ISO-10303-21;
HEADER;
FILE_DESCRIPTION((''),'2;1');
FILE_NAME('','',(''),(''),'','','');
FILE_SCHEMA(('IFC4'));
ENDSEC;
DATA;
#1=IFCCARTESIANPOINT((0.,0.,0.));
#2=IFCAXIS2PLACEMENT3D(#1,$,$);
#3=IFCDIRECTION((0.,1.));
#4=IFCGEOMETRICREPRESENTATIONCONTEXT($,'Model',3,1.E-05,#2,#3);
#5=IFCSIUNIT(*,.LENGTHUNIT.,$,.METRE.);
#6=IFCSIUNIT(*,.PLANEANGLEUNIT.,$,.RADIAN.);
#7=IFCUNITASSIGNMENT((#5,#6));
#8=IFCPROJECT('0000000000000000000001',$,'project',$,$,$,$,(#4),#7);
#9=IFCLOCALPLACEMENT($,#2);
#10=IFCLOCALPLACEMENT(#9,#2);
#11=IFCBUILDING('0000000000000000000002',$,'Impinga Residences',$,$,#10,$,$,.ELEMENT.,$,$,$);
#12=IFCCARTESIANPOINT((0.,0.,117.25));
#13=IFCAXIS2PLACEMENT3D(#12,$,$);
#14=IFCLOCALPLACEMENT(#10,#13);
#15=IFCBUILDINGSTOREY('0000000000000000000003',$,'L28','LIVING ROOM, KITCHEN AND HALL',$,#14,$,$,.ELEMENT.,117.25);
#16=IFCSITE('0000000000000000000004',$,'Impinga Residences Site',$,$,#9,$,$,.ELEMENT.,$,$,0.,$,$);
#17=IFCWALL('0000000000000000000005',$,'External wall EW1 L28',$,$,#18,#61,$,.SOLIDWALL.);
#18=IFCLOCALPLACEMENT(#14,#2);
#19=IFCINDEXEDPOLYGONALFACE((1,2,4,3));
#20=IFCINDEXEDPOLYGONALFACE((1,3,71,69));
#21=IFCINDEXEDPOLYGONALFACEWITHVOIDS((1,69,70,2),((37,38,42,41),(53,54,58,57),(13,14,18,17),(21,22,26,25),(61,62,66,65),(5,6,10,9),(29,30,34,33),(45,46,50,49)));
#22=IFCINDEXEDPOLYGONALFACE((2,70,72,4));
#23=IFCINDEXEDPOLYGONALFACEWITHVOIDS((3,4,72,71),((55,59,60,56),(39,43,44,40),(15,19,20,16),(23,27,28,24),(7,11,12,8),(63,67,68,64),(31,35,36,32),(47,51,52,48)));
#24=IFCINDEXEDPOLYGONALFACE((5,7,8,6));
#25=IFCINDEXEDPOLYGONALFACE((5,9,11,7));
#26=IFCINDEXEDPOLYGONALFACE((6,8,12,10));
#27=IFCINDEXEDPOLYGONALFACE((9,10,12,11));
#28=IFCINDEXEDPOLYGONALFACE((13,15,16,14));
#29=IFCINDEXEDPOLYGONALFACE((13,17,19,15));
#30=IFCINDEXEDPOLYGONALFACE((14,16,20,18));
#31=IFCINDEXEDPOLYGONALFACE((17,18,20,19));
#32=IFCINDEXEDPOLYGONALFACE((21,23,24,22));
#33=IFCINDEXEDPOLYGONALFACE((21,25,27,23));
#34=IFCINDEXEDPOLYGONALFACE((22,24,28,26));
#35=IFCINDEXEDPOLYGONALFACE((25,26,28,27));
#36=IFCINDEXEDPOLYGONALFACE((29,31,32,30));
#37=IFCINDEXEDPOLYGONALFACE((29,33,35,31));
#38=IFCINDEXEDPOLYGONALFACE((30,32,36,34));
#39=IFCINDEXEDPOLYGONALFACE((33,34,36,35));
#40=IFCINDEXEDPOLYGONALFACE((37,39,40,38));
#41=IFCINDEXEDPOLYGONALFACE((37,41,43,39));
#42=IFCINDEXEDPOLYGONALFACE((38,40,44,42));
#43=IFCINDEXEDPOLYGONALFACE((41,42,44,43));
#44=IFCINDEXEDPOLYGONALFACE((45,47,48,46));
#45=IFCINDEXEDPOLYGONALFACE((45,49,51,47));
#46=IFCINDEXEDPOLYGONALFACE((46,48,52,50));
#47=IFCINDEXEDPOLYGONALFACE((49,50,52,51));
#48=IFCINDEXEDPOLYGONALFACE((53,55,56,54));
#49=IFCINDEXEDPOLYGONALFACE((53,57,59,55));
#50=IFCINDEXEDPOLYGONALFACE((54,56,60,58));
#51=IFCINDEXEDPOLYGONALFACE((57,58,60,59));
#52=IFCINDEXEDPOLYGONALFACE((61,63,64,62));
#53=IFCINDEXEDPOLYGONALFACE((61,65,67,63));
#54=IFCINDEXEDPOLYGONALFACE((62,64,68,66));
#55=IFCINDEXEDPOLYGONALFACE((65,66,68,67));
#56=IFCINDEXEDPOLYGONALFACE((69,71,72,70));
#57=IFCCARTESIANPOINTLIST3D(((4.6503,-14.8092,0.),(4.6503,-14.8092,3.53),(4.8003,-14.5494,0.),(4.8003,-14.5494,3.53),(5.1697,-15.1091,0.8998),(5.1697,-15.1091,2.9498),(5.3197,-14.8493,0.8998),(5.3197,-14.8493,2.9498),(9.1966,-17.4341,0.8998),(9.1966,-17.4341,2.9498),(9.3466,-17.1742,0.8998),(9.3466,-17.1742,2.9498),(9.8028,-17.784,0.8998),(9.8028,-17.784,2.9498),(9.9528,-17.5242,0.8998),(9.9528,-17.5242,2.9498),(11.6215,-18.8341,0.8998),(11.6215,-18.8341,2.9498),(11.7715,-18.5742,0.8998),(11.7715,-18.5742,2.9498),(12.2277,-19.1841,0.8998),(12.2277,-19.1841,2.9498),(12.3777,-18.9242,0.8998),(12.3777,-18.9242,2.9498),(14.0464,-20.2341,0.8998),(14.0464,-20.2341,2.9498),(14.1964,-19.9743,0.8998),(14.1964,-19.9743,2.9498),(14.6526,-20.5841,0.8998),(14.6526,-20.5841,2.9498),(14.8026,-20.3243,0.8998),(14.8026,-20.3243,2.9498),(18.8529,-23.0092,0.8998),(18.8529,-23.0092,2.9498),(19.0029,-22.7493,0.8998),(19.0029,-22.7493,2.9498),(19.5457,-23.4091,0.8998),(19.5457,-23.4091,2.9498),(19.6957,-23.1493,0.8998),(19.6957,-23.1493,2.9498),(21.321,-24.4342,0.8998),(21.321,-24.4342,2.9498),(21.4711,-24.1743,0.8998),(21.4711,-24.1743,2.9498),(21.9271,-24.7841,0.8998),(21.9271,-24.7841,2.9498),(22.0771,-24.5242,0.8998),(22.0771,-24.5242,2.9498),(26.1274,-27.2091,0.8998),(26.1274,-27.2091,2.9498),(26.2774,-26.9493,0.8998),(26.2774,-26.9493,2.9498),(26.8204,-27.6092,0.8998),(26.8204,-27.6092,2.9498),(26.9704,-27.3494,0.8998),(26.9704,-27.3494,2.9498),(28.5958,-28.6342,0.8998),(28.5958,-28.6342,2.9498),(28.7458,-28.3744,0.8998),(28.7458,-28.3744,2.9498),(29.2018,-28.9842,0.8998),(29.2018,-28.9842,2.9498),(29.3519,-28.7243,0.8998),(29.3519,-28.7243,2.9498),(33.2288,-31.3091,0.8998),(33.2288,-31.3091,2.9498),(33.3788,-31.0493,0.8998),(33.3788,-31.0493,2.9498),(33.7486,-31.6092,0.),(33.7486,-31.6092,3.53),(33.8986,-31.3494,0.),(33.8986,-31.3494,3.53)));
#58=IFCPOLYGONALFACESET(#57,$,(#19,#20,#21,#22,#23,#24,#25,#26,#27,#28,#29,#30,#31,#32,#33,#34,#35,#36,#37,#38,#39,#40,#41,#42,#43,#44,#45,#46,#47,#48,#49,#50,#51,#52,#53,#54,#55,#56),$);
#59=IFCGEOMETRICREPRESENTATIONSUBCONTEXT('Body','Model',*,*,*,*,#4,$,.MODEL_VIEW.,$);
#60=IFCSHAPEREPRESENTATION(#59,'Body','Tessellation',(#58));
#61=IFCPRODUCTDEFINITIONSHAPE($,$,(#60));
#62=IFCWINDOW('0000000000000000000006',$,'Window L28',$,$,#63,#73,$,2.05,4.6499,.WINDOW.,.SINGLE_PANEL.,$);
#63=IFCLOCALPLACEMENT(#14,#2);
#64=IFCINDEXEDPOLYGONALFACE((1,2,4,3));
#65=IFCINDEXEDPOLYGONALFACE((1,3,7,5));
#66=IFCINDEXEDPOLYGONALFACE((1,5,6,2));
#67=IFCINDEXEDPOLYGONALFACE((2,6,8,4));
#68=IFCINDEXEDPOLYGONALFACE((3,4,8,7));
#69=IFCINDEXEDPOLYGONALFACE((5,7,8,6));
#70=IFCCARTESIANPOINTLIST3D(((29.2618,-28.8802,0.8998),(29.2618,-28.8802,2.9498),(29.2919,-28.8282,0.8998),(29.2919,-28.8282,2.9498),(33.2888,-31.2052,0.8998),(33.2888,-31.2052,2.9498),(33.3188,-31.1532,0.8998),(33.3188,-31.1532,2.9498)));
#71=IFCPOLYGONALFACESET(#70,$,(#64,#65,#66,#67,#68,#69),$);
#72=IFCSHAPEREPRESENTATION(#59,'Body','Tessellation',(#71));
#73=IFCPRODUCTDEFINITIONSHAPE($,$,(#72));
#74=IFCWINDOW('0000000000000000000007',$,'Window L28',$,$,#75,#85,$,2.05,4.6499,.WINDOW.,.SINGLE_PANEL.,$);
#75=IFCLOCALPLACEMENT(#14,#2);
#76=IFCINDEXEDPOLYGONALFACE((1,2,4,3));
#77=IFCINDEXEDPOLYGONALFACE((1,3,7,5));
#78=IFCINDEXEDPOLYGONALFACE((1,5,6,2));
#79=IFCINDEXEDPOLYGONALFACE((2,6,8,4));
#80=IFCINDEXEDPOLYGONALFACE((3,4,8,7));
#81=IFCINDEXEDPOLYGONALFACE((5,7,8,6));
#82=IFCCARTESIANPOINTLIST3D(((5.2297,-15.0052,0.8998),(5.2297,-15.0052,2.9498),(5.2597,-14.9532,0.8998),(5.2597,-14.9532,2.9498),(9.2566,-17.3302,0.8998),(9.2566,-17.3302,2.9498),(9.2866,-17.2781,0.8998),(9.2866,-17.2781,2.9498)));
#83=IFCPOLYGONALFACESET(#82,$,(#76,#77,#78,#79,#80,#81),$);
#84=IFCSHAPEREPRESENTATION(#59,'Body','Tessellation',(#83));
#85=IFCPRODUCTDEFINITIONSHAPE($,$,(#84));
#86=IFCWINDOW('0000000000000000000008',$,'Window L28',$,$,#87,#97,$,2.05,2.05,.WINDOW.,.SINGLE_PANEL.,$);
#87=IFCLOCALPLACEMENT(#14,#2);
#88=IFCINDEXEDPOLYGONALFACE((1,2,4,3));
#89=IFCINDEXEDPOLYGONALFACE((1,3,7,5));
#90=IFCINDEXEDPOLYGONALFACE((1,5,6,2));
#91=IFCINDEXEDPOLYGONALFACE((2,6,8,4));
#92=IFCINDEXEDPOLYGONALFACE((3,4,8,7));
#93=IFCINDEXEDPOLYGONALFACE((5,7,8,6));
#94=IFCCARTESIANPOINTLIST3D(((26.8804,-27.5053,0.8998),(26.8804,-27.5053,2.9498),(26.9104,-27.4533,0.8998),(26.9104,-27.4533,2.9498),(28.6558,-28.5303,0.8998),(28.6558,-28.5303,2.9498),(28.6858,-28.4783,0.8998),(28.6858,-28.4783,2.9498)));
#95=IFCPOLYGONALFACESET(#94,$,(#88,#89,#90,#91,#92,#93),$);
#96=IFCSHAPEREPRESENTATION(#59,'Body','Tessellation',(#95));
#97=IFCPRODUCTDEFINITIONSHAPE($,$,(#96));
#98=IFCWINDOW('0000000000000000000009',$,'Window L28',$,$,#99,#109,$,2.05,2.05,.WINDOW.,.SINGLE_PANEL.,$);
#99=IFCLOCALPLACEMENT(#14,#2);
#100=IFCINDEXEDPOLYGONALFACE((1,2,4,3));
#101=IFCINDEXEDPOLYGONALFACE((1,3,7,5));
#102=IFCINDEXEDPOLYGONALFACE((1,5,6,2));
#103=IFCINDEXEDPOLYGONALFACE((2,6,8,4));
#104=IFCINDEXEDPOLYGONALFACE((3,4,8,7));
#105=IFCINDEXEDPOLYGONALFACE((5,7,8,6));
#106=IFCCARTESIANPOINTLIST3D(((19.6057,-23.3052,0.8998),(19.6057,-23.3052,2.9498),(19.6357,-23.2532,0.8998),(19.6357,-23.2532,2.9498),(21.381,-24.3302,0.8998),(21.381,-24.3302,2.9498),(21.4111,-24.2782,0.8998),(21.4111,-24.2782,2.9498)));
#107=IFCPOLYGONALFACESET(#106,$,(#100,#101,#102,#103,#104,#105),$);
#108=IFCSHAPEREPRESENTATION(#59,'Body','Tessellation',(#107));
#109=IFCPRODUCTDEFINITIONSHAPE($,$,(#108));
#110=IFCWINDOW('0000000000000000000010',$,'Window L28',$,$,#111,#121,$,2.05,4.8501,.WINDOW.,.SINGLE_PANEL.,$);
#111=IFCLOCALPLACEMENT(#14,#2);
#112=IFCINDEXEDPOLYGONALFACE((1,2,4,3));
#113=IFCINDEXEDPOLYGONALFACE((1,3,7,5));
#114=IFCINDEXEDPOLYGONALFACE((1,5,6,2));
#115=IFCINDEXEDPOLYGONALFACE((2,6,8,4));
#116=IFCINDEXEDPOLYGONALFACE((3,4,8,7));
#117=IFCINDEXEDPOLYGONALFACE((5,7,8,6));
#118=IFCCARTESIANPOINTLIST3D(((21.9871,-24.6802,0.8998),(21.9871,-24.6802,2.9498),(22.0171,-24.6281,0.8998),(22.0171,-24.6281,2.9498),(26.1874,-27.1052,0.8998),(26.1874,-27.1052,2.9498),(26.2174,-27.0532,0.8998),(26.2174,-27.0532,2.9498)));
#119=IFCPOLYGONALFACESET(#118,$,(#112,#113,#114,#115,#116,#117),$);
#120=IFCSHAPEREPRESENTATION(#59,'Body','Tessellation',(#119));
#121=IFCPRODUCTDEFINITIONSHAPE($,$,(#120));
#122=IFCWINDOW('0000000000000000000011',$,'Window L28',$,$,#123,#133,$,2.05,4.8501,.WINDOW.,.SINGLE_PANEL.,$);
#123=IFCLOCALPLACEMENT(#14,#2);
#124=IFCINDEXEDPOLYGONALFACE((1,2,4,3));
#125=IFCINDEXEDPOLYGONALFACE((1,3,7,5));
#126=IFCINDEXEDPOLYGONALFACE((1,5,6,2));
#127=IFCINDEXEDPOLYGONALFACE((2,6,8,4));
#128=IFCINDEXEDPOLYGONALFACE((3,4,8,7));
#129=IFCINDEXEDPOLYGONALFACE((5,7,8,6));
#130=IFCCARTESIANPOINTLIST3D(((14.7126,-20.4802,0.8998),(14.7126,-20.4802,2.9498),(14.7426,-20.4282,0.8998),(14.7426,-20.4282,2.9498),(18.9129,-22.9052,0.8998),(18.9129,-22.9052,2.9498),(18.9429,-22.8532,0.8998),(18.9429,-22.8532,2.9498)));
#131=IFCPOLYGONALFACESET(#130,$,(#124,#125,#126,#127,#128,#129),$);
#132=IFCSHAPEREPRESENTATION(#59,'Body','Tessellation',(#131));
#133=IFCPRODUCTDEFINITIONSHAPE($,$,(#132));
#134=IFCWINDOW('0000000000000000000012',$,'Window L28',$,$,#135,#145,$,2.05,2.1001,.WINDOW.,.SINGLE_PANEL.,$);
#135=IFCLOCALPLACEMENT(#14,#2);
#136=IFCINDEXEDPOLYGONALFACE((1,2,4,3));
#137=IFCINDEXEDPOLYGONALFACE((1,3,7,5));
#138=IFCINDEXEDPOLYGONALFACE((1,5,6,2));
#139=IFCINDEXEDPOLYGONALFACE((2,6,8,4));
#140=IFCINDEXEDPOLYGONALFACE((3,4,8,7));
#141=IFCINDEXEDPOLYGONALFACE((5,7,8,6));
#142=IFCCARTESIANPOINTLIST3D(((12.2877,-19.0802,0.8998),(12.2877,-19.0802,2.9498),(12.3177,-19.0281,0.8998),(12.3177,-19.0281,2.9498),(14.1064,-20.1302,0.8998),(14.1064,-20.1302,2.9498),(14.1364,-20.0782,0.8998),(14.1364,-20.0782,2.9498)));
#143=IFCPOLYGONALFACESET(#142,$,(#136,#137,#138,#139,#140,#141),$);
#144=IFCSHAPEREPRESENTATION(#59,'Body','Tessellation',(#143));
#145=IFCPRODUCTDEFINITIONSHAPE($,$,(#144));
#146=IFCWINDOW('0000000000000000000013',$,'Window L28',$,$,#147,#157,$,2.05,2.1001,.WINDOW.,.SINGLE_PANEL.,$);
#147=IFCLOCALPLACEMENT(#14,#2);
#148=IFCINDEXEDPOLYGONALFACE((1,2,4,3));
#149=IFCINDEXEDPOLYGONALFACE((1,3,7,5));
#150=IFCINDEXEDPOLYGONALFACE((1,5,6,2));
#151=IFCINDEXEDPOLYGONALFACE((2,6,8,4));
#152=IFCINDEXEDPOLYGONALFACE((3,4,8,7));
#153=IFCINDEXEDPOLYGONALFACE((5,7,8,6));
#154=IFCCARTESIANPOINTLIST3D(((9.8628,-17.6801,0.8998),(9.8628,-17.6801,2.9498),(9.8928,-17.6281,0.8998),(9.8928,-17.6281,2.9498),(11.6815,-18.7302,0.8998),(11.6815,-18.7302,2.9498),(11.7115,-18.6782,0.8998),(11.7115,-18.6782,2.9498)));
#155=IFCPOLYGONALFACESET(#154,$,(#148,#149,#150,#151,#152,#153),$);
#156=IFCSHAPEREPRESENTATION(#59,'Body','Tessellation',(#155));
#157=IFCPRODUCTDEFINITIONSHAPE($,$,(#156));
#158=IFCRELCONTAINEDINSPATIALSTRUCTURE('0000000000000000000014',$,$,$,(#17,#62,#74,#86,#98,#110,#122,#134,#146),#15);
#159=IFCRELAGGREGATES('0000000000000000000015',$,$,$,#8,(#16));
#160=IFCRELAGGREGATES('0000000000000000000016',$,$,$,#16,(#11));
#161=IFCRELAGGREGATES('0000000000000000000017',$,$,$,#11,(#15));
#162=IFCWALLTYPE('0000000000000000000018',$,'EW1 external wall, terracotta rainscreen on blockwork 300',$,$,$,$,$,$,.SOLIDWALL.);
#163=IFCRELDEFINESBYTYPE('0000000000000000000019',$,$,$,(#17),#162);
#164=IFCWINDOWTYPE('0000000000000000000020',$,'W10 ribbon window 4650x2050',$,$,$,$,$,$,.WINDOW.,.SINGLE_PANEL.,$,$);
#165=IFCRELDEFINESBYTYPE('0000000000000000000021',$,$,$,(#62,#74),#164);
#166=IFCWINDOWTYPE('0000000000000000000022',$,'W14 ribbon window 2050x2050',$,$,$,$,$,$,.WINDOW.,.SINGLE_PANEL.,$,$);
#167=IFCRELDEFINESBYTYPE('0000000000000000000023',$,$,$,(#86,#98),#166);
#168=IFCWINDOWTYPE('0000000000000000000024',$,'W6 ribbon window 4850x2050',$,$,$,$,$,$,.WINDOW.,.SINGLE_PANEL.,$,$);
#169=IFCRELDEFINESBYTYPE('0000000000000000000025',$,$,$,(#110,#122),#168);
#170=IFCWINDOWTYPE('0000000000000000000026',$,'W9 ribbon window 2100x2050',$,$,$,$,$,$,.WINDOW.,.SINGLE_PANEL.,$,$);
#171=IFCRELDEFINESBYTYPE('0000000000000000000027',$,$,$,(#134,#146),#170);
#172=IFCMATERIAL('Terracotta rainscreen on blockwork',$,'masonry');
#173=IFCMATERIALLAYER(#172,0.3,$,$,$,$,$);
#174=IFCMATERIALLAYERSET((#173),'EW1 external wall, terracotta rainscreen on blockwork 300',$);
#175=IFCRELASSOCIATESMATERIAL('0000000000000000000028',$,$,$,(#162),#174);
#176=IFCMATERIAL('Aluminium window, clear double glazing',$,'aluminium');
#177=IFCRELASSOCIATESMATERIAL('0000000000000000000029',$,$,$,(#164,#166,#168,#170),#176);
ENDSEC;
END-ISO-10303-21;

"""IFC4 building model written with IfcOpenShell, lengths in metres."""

from ifc_helpers import new_model, si_unit, direction, frame, frame_2d, origin, place, context, subcontext, project, spatial, rectangle, extrude, material, layer, layer_set, type_object, element, fill, save


model = new_model("IFC4")

# Units and contexts
model_context = context("Model", 3, precision=1e-05, world=origin(), true_north=direction((0.0, 1.0)))
body_context = subcontext(model_context, "Body", "Model", "MODEL_VIEW")
ifc_project = project(units=[si_unit("LENGTHUNIT", "METRE"), si_unit("PLANEANGLEUNIT", "RADIAN")], contexts=[model_context])

# Site, building, storey
site_placement = place(None, origin())
site = spatial("IfcSite", under=ifc_project, at=site_placement, Name="Impinga Residences Site", CompositionType="ELEMENT", RefElevation=0.0)
building_placement = place(site_placement, origin())
building = spatial("IfcBuilding", under=site, at=building_placement, Name="Impinga Residences", CompositionType="ELEMENT")
storey_placement = place(building_placement, frame((0.0, 0.0, 117.25)))
storey = spatial("IfcBuildingStorey", under=building, at=storey_placement, Name="L28", Description="LIVING ROOM, KITCHEN AND HALL", CompositionType="ELEMENT", Elevation=117.25)

# Wall, openings, windows
ifc_material_1 = material(Name="Terracotta rainscreen on blockwork", Category="masonry")
ifc_layer_1 = layer(ifc_material_1, 0.3)
ifc_layer_set_1 = layer_set([ifc_layer_1], Name="EW1 external wall, terracotta rainscreen on blockwork 300")
wall_type_1 = type_object("IfcWallType", Name="EW1 external wall, terracotta rainscreen on blockwork 300", PredefinedType="SOLIDWALL", material=ifc_layer_set_1)
wall_1_placement = place(storey_placement, frame((33.8235, -31.4792, 0.0), z_axis=(0.0, 0.0, 1.0), x_axis=(-0.866024, 0.500002, 0.0)))
wall_1 = element("IfcWall", 1, at=wall_1_placement, inside=storey, type_object=wall_type_1, Name="External wall EW1 L28", PredefinedType="SOLIDWALL", context=body_context, shape_type="SweptSolid", body=[
    extrude(rectangle(XDim=33.5999, YDim=0.3, at=frame_2d((16.7998, 0.0))), origin(), (0.0, 0.0, 1.0), 3.53),
])
opening_1_placement = place(wall_1_placement, frame((0.6001, 0.0, 0.8999)))
opening_1 = element("IfcOpeningElement", 2, at=opening_1_placement, cuts=wall_1, PredefinedType="OPENING", context=body_context, shape_type="SweptSolid", body=[
    extrude(rectangle(XDim=4.6499, YDim=2.05, at=frame_2d((2.325, 1.0249))), frame((0.0, 0.1599, 0.0), z_axis=(0.0, -1.0, 0.0), x_axis=(1.0, 0.0, 0.0)), (0.0, 0.0, 1.0), 0.3201),
])
opening_2_placement = place(wall_1_placement, frame((5.95, 0.0, 0.8999)))
opening_2 = element("IfcOpeningElement", 3, at=opening_2_placement, cuts=wall_1, PredefinedType="OPENING", context=body_context, shape_type="SweptSolid", body=[
    extrude(rectangle(XDim=2.05, YDim=2.05, at=frame_2d((1.0249, 1.0249))), frame((0.0, 0.1599, 0.0), z_axis=(0.0, -1.0, 0.0), x_axis=(1.0, 0.0, 0.0)), (0.0, 0.0, 1.0), 0.3201),
])
opening_3_placement = place(wall_1_placement, frame((8.8, 0.0, 0.8999)))
opening_3 = element("IfcOpeningElement", 4, at=opening_3_placement, cuts=wall_1, PredefinedType="OPENING", context=body_context, shape_type="SweptSolid", body=[
    extrude(rectangle(XDim=4.8501, YDim=2.05, at=frame_2d((2.425, 1.0249))), frame((0.0, 0.1599, 0.0), z_axis=(0.0, -1.0, 0.0), x_axis=(1.0, 0.0, 0.0)), (0.0, 0.0, 1.0), 0.3201),
])
opening_4_placement = place(wall_1_placement, frame((14.3501, 0.0, 0.8999)))
opening_4 = element("IfcOpeningElement", 5, at=opening_4_placement, cuts=wall_1, PredefinedType="OPENING", context=body_context, shape_type="SweptSolid", body=[
    extrude(rectangle(XDim=2.05, YDim=2.05, at=frame_2d((1.0249, 1.0249))), frame((0.0, 0.1599, 0.0), z_axis=(0.0, -1.0, 0.0), x_axis=(1.0, 0.0, 0.0)), (0.0, 0.0, 1.0), 0.3201),
])
opening_5_placement = place(wall_1_placement, frame((17.2, 0.0, 0.8999)))
opening_5 = element("IfcOpeningElement", 6, at=opening_5_placement, cuts=wall_1, PredefinedType="OPENING", context=body_context, shape_type="SweptSolid", body=[
    extrude(rectangle(XDim=4.8501, YDim=2.05, at=frame_2d((2.425, 1.0249))), frame((0.0, 0.1599, 0.0), z_axis=(0.0, -1.0, 0.0), x_axis=(1.0, 0.0, 0.0)), (0.0, 0.0, 1.0), 0.3201),
])
opening_6_placement = place(wall_1_placement, frame((22.75, 0.0, 0.8999)))
opening_6 = element("IfcOpeningElement", 7, at=opening_6_placement, cuts=wall_1, PredefinedType="OPENING", context=body_context, shape_type="SweptSolid", body=[
    extrude(rectangle(XDim=2.1001, YDim=2.05, at=frame_2d((1.05, 1.0249))), frame((0.0, 0.1599, 0.0), z_axis=(0.0, -1.0, 0.0), x_axis=(1.0, 0.0, 0.0)), (0.0, 0.0, 1.0), 0.3201),
])
opening_7_placement = place(wall_1_placement, frame((25.55, 0.0, 0.8999)))
opening_7 = element("IfcOpeningElement", 8, at=opening_7_placement, cuts=wall_1, PredefinedType="OPENING", context=body_context, shape_type="SweptSolid", body=[
    extrude(rectangle(XDim=2.1001, YDim=2.05, at=frame_2d((1.05, 1.0249))), frame((0.0, 0.1599, 0.0), z_axis=(0.0, -1.0, 0.0), x_axis=(1.0, 0.0, 0.0)), (0.0, 0.0, 1.0), 0.3201),
])
opening_8_placement = place(wall_1_placement, frame((28.3501, 0.0, 0.8999)))
opening_8 = element("IfcOpeningElement", 9, at=opening_8_placement, cuts=wall_1, PredefinedType="OPENING", context=body_context, shape_type="SweptSolid", body=[
    extrude(rectangle(XDim=4.6499, YDim=2.05, at=frame_2d((2.325, 1.0249))), frame((0.0, 0.1599, 0.0), z_axis=(0.0, -1.0, 0.0), x_axis=(1.0, 0.0, 0.0)), (0.0, 0.0, 1.0), 0.3201),
])
ifc_material_2 = material(Name="Aluminium window, clear double glazing", Category="aluminium")
window_type_1 = type_object("IfcWindowType", Name="W10 ribbon window 4650x2050", PartitioningType="SINGLE_PANEL", PredefinedType="WINDOW", material=ifc_material_2)
window_1_placement = place(opening_1_placement, origin())
window_1 = element("IfcWindow", 10, at=window_1_placement, inside=storey, type_object=window_type_1, Name="Window L28", OverallHeight=2.05, OverallWidth=4.6499, PartitioningType="SINGLE_PANEL", PredefinedType="WINDOW", context=body_context, shape_type="SweptSolid", body=[
    extrude(rectangle(XDim=4.6499, YDim=2.05, at=frame_2d((2.325, 1.0249))), frame((0.0, 0.03, 0.0), z_axis=(0.0, -1.0, 0.0), x_axis=(1.0, 0.0, 0.0)), (0.0, 0.0, 1.0), 0.0601),
])
fill(opening_1, window_1)
window_2_placement = place(opening_8_placement, origin())
window_2 = element("IfcWindow", 11, at=window_2_placement, inside=storey, type_object=window_type_1, Name="Window L28", OverallHeight=2.05, OverallWidth=4.6499, PartitioningType="SINGLE_PANEL", PredefinedType="WINDOW", context=body_context, shape_type="SweptSolid", body=[
    extrude(rectangle(XDim=4.6499, YDim=2.05, at=frame_2d((2.325, 1.0249))), frame((0.0, 0.03, 0.0), z_axis=(0.0, -1.0, 0.0), x_axis=(1.0, 0.0, 0.0)), (0.0, 0.0, 1.0), 0.0601),
])
fill(opening_8, window_2)
window_type_2 = type_object("IfcWindowType", Name="W14 ribbon window 2050x2050", PartitioningType="SINGLE_PANEL", PredefinedType="WINDOW", material=ifc_material_2)
window_3_placement = place(opening_2_placement, origin())
window_3 = element("IfcWindow", 12, at=window_3_placement, inside=storey, type_object=window_type_2, Name="Window L28", OverallHeight=2.05, OverallWidth=2.05, PartitioningType="SINGLE_PANEL", PredefinedType="WINDOW", context=body_context, shape_type="SweptSolid", body=[
    extrude(rectangle(XDim=2.05, YDim=2.05, at=frame_2d((1.0249, 1.0249))), frame((0.0, 0.03, 0.0), z_axis=(0.0, -1.0, 0.0), x_axis=(1.0, 0.0, 0.0)), (0.0, 0.0, 1.0), 0.0601),
])
fill(opening_2, window_3)
window_4_placement = place(opening_4_placement, origin())
window_4 = element("IfcWindow", 13, at=window_4_placement, inside=storey, type_object=window_type_2, Name="Window L28", OverallHeight=2.05, OverallWidth=2.05, PartitioningType="SINGLE_PANEL", PredefinedType="WINDOW", context=body_context, shape_type="SweptSolid", body=[
    extrude(rectangle(XDim=2.05, YDim=2.05, at=frame_2d((1.0249, 1.0249))), frame((0.0, 0.03, 0.0), z_axis=(0.0, -1.0, 0.0), x_axis=(1.0, 0.0, 0.0)), (0.0, 0.0, 1.0), 0.0601),
])
fill(opening_4, window_4)
window_type_3 = type_object("IfcWindowType", Name="W6 ribbon window 4850x2050", PartitioningType="SINGLE_PANEL", PredefinedType="WINDOW", material=ifc_material_2)
window_5_placement = place(opening_3_placement, origin())
window_5 = element("IfcWindow", 14, at=window_5_placement, inside=storey, type_object=window_type_3, Name="Window L28", OverallHeight=2.05, OverallWidth=4.8501, PartitioningType="SINGLE_PANEL", PredefinedType="WINDOW", context=body_context, shape_type="SweptSolid", body=[
    extrude(rectangle(XDim=4.8501, YDim=2.05, at=frame_2d((2.425, 1.0249))), frame((0.0, 0.03, 0.0), z_axis=(0.0, -1.0, 0.0), x_axis=(1.0, 0.0, 0.0)), (0.0, 0.0, 1.0), 0.0601),
])
fill(opening_3, window_5)
window_6_placement = place(opening_5_placement, origin())
window_6 = element("IfcWindow", 15, at=window_6_placement, inside=storey, type_object=window_type_3, Name="Window L28", OverallHeight=2.05, OverallWidth=4.8501, PartitioningType="SINGLE_PANEL", PredefinedType="WINDOW", context=body_context, shape_type="SweptSolid", body=[
    extrude(rectangle(XDim=4.8501, YDim=2.05, at=frame_2d((2.425, 1.0249))), frame((0.0, 0.03, 0.0), z_axis=(0.0, -1.0, 0.0), x_axis=(1.0, 0.0, 0.0)), (0.0, 0.0, 1.0), 0.0601),
])
fill(opening_5, window_6)
window_type_4 = type_object("IfcWindowType", Name="W9 ribbon window 2100x2050", PartitioningType="SINGLE_PANEL", PredefinedType="WINDOW", material=ifc_material_2)
window_7_placement = place(opening_6_placement, origin())
window_7 = element("IfcWindow", 16, at=window_7_placement, inside=storey, type_object=window_type_4, Name="Window L28", OverallHeight=2.05, OverallWidth=2.1001, PartitioningType="SINGLE_PANEL", PredefinedType="WINDOW", context=body_context, shape_type="SweptSolid", body=[
    extrude(rectangle(XDim=2.1001, YDim=2.05, at=frame_2d((1.05, 1.0249))), frame((0.0, 0.03, 0.0), z_axis=(0.0, -1.0, 0.0), x_axis=(1.0, 0.0, 0.0)), (0.0, 0.0, 1.0), 0.0601),
])
fill(opening_6, window_7)
window_8_placement = place(opening_7_placement, origin())
window_8 = element("IfcWindow", 17, at=window_8_placement, inside=storey, type_object=window_type_4, Name="Window L28", OverallHeight=2.05, OverallWidth=2.1001, PartitioningType="SINGLE_PANEL", PredefinedType="WINDOW", context=body_context, shape_type="SweptSolid", body=[
    extrude(rectangle(XDim=2.1001, YDim=2.05, at=frame_2d((1.05, 1.0249))), frame((0.0, 0.03, 0.0), z_axis=(0.0, -1.0, 0.0), x_axis=(1.0, 0.0, 0.0)), (0.0, 0.0, 1.0), 0.0601),
])
fill(opening_7, window_8)

save(model, "model.ifc")
